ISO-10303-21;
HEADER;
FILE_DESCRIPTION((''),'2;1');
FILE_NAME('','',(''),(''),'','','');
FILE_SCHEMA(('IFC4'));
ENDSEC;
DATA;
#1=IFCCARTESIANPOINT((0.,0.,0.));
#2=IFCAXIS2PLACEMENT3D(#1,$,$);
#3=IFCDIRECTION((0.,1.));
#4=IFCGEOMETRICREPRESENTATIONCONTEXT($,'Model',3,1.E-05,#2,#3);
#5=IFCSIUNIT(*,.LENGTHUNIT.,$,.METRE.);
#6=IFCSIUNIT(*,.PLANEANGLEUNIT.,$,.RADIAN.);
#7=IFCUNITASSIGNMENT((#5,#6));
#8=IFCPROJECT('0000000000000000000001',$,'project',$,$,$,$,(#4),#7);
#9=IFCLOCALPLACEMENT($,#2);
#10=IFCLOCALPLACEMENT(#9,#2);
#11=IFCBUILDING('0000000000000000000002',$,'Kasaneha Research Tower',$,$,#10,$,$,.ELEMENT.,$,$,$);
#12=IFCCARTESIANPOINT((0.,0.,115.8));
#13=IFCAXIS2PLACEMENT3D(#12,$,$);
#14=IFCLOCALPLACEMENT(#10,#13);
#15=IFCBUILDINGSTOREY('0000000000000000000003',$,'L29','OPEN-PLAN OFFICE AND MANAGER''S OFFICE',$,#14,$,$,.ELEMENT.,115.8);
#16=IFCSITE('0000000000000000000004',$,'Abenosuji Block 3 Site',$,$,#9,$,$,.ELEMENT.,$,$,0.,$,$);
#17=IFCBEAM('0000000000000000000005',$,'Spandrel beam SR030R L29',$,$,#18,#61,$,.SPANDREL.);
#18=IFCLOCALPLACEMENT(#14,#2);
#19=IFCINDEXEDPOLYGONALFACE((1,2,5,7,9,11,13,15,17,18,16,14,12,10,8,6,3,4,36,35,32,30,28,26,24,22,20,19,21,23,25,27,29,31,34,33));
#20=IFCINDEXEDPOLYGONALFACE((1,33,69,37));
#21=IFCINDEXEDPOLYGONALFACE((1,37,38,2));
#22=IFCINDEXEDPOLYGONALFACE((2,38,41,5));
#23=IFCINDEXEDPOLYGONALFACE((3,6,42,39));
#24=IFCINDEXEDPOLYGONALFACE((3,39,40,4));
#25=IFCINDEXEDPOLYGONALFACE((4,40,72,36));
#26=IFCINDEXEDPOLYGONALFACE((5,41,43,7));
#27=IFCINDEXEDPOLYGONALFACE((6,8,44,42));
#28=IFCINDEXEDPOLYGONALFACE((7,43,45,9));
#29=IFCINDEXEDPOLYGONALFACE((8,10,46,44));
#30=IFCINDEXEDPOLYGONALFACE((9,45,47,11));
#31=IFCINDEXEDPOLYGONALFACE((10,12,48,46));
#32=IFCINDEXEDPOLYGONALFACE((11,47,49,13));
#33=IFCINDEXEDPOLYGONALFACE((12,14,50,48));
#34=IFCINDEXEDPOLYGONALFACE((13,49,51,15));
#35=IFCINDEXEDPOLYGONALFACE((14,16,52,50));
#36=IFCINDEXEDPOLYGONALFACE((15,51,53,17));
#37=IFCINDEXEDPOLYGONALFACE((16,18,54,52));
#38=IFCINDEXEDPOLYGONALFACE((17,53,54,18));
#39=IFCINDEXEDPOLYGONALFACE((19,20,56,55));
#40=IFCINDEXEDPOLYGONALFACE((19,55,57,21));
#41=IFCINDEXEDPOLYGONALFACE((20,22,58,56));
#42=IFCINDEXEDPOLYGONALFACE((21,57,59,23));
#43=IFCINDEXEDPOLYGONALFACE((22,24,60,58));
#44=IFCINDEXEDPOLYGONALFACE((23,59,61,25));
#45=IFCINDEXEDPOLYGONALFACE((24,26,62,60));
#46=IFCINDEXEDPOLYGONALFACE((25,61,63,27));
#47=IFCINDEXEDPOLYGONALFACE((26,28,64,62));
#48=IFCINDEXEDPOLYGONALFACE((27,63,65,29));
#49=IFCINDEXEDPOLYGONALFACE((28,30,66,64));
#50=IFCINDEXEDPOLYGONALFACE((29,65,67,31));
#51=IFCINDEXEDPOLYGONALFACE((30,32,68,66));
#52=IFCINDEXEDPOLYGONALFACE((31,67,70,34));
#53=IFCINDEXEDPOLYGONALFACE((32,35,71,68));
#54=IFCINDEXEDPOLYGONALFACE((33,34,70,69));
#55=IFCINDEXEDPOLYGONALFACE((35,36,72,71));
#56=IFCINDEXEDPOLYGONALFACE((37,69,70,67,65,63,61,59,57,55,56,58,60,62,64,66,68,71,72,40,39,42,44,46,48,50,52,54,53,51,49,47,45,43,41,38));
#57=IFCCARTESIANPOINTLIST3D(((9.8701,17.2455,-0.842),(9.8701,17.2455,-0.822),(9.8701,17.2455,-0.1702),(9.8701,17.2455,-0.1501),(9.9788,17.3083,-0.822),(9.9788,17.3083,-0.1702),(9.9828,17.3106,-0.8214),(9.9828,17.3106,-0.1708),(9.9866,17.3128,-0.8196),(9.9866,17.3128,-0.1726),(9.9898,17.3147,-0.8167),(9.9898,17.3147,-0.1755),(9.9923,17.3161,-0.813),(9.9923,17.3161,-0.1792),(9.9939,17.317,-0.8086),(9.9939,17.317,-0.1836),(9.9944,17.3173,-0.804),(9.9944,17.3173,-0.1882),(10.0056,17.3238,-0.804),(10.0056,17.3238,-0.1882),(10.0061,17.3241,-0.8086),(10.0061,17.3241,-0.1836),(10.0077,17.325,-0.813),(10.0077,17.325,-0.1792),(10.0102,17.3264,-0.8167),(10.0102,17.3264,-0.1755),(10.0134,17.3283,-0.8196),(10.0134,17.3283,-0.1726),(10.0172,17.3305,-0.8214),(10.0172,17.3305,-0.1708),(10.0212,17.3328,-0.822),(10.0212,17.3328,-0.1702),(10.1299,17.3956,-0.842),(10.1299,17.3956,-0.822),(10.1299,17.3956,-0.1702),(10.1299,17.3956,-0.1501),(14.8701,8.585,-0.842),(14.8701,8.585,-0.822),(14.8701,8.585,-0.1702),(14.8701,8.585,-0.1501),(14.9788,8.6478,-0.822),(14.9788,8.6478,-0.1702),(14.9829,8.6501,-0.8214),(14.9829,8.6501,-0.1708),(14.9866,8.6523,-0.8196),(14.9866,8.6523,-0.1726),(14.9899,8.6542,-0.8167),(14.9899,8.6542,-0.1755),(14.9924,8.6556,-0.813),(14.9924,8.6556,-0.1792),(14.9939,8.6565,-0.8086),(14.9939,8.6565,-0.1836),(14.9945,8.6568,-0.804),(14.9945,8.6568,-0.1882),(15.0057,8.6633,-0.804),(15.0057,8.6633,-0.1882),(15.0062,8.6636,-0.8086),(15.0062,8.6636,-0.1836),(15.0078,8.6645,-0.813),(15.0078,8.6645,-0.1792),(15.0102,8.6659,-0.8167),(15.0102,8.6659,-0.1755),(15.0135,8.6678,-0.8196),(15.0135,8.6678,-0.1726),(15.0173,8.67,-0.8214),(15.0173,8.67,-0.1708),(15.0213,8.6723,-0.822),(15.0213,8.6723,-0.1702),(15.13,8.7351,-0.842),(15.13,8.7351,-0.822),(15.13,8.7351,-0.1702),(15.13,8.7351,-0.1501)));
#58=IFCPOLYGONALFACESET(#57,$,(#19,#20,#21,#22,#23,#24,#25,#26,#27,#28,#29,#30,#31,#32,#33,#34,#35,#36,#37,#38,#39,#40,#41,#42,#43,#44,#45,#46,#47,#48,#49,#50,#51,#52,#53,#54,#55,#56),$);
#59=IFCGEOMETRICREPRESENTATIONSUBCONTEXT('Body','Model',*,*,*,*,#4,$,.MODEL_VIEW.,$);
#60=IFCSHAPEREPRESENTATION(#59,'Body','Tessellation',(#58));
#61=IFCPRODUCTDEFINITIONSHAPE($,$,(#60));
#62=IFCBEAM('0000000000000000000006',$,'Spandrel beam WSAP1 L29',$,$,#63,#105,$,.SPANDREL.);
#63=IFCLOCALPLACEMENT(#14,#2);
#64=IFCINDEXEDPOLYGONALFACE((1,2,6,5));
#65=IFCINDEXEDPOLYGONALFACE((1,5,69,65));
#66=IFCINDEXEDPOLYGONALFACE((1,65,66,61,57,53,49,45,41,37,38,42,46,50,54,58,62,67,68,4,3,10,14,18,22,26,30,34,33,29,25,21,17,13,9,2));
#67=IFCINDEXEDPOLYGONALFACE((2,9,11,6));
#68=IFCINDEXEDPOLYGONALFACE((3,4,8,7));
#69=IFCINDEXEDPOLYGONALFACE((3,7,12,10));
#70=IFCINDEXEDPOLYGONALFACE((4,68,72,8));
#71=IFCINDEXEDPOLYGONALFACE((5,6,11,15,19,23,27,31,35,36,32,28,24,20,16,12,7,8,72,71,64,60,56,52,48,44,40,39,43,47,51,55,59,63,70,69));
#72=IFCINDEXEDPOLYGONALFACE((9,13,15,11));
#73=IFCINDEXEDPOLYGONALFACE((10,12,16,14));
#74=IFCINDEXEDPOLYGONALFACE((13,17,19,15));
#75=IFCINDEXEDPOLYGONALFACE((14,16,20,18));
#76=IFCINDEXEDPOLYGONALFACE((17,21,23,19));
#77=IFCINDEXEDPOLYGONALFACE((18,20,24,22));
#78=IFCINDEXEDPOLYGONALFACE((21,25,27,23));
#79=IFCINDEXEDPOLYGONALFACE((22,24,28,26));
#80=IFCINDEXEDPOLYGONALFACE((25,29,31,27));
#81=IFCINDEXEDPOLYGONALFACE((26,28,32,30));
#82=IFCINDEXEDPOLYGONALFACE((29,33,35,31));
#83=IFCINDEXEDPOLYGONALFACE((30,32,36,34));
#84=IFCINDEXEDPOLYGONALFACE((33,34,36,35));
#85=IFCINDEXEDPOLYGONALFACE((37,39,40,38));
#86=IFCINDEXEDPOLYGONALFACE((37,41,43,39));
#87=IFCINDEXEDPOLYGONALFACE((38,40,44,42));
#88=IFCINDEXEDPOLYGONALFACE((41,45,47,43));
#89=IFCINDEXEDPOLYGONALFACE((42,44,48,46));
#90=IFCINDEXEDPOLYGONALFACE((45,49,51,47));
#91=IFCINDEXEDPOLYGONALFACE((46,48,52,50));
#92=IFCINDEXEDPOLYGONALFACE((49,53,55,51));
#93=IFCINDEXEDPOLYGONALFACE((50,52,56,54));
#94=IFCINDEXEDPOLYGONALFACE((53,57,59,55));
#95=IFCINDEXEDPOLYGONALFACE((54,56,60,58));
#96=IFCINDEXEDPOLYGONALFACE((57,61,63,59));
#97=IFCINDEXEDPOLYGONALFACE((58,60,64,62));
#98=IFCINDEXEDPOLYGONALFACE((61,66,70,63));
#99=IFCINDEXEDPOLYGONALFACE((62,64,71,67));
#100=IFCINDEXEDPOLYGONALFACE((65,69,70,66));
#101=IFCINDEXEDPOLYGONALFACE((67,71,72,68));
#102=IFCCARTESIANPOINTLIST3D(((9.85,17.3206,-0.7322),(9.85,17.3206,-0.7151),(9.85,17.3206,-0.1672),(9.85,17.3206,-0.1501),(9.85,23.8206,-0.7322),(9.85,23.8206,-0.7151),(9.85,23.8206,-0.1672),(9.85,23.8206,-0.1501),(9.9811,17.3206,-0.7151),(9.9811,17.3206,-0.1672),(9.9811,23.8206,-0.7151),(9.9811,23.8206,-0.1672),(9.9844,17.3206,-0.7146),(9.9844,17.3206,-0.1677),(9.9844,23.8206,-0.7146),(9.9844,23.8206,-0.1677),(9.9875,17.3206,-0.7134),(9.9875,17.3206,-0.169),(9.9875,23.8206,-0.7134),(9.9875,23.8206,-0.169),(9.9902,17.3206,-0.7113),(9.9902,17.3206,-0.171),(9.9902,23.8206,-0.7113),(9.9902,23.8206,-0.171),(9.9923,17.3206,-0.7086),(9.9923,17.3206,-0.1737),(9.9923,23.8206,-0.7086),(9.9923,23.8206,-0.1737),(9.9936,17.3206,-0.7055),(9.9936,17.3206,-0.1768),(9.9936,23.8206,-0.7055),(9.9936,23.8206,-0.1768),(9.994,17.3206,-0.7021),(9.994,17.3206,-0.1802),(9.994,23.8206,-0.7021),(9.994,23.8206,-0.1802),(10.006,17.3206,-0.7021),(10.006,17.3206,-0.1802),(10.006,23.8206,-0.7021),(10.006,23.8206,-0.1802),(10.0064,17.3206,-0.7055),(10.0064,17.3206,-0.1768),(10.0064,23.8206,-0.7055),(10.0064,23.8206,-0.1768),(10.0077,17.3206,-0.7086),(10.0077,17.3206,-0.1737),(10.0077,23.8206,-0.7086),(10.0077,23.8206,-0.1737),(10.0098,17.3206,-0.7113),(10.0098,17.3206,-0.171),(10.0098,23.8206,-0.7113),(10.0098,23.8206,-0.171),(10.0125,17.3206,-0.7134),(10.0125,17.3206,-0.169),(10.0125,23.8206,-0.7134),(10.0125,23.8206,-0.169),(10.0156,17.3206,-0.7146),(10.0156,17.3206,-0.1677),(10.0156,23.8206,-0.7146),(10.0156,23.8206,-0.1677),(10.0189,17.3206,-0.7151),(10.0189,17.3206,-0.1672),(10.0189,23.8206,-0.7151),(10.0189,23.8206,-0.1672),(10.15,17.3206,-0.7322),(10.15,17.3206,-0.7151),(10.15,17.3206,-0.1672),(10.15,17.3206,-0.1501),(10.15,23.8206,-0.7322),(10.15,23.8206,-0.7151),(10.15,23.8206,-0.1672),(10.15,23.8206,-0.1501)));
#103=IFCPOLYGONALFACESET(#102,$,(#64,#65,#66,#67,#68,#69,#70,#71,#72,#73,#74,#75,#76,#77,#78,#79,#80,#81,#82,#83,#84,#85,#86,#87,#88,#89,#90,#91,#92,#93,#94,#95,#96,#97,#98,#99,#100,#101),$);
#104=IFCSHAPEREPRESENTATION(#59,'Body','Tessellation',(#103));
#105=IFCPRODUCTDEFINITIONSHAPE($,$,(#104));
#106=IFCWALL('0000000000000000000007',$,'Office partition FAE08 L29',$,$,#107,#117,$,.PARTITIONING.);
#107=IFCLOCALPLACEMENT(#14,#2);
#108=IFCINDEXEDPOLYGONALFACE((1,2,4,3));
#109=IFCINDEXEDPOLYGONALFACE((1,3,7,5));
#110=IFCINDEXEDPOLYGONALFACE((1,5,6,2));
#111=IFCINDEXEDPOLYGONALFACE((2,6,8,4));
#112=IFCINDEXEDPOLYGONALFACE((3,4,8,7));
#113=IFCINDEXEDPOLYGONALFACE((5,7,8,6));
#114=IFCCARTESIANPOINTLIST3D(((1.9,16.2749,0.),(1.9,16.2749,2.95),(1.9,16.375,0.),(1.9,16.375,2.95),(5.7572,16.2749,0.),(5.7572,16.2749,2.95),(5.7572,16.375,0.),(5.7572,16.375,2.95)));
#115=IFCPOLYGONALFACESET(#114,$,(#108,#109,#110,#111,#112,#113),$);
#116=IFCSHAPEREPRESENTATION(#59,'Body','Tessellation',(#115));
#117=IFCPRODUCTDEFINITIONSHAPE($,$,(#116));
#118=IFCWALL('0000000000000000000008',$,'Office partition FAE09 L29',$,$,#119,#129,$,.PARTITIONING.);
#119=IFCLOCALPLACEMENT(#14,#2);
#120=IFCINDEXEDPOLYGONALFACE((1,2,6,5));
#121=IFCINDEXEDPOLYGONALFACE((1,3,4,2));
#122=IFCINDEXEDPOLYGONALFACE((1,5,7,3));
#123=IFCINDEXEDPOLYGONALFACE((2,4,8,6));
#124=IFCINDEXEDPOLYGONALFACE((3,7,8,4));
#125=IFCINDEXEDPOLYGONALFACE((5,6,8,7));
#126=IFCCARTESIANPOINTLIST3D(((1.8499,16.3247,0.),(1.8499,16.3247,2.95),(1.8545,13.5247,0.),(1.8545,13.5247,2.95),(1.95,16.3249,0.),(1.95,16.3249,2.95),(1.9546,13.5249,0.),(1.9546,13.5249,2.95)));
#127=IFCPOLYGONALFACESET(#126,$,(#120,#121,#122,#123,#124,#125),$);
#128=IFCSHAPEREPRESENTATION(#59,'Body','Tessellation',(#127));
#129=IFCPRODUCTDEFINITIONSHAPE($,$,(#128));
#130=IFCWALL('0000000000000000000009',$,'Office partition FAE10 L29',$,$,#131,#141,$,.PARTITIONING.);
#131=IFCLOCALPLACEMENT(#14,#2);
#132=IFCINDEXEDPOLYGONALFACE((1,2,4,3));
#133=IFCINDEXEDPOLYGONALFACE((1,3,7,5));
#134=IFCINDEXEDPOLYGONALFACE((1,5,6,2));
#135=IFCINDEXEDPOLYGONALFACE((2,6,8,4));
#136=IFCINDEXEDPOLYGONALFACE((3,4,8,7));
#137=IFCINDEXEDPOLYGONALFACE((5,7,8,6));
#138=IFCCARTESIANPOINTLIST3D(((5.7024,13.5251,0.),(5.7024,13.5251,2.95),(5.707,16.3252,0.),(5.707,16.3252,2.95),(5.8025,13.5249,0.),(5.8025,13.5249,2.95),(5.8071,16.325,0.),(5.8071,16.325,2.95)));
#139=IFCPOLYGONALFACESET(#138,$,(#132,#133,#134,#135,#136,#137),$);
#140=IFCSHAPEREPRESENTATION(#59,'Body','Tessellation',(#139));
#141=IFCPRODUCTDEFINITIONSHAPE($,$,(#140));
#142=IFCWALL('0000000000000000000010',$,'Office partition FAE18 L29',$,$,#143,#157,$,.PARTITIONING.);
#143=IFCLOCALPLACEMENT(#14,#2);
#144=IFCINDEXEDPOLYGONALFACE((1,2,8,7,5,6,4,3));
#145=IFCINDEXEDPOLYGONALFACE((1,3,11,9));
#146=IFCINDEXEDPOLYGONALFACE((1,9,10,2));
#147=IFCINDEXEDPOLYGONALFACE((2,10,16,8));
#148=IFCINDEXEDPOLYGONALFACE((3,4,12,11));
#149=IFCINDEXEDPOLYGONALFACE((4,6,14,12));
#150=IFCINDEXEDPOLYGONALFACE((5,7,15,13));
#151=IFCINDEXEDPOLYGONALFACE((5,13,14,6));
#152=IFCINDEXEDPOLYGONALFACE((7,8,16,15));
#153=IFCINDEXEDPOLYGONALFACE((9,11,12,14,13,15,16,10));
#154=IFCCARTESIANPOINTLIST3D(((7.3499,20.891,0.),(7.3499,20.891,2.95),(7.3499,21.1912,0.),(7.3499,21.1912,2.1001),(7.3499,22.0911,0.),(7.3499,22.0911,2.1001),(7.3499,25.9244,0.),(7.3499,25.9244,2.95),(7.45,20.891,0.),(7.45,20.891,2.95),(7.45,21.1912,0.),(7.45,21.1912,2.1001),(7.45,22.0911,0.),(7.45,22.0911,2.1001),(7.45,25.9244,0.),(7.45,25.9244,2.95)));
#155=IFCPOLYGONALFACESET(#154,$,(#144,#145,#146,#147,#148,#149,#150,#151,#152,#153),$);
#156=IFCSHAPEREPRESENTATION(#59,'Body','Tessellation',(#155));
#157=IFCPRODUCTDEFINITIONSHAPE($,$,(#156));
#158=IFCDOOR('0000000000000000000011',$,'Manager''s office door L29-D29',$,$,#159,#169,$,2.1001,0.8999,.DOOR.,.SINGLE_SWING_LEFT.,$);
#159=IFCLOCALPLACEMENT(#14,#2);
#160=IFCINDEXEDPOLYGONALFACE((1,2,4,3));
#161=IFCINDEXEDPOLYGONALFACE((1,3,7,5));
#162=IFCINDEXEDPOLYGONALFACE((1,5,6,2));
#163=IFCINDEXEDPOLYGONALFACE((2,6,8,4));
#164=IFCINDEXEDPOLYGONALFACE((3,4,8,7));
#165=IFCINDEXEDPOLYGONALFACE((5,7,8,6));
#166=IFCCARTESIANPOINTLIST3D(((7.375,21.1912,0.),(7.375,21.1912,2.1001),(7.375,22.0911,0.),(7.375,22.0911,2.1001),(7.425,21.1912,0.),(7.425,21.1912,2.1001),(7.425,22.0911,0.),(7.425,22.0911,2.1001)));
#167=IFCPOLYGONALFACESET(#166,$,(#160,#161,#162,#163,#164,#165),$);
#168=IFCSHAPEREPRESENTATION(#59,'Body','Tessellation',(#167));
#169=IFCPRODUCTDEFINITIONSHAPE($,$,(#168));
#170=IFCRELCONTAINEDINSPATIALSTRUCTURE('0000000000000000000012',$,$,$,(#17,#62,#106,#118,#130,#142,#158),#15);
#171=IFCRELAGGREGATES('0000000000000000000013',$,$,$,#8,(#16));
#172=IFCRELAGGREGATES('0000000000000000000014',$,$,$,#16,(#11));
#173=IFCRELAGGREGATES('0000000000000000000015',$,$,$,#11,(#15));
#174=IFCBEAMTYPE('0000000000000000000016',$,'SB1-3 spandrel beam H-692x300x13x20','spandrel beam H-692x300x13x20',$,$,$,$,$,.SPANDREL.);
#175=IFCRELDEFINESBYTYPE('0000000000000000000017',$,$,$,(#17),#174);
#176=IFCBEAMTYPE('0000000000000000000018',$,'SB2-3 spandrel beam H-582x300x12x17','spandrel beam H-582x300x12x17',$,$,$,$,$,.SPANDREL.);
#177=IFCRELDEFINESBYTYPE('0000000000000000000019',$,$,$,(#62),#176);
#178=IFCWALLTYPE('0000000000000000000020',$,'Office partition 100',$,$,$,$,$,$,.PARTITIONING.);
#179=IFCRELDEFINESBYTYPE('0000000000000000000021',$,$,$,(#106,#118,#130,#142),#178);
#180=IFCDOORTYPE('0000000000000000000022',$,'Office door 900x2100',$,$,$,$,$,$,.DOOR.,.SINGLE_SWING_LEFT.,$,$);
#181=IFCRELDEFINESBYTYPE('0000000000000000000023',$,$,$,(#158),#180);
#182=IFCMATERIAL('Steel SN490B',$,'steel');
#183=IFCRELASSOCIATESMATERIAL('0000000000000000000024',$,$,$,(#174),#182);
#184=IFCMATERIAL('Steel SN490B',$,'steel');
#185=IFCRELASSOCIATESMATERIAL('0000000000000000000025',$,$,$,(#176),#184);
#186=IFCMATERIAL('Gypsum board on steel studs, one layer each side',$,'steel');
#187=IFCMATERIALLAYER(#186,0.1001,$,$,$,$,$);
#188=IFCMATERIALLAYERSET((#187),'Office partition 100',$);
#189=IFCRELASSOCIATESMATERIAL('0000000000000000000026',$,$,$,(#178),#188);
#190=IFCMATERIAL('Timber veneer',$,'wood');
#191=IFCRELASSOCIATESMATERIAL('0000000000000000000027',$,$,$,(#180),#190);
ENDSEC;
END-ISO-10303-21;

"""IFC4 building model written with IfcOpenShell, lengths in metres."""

from ifc_helpers import new_model, si_unit, direction, frame, frame_2d, origin, origin_2d, place, context, subcontext, project, spatial, rectangle, i_section, extrude, material, layer, layer_set, material_profile, profile_set, type_object, element, fill, save


model = new_model("IFC4")

# Units and contexts
model_context = context("Model", 3, precision=1e-05, world=origin(), true_north=direction((0.0, 1.0)))
body_context = subcontext(model_context, "Body", "Model", "MODEL_VIEW")
ifc_project = project(units=[si_unit("LENGTHUNIT", "METRE"), si_unit("PLANEANGLEUNIT", "RADIAN")], contexts=[model_context])

# Site, building, storey
site_placement = place(None, origin())
site = spatial("IfcSite", under=ifc_project, at=site_placement, Name="Abenosuji Block 3 Site", CompositionType="ELEMENT", RefElevation=0.0)
building_placement = place(site_placement, origin())
building = spatial("IfcBuilding", under=site, at=building_placement, Name="Kasaneha Research Tower", CompositionType="ELEMENT")
storey_placement = place(building_placement, frame((0.0, 0.0, 115.8)))
storey = spatial("IfcBuildingStorey", under=building, at=storey_placement, Name="L29", Description="OPEN-PLAN OFFICE AND MANAGER'S OFFICE", CompositionType="ELEMENT", Elevation=115.8)

# Beams
ifc_material_1 = material(Name="Steel SN490B", Category="steel")
ifc_material_profile_1 = material_profile(ifc_material_1, i_section(OverallWidth=0.3, OverallDepth=0.6919, WebThickness=0.0129, FlangeThickness=0.02, FilletRadius=0.0181, at=origin_2d()), Name="H-692x300x13x20")
ifc_profile_set_1 = profile_set([ifc_material_profile_1], Name="Steel SN490B")
beam_type_1 = type_object("IfcBeamType", Name="SB1-3 spandrel beam H-692x300x13x20", Description="spandrel beam H-692x300x13x20", PredefinedType="SPANDREL", material=ifc_profile_set_1)
beam_1_placement = place(storey_placement, frame((10.0, 17.3206, -0.4961), z_axis=(0.499994, -0.866029, 0.0), x_axis=(0.866029, 0.499994, 0.0)))
element("IfcBeam", 1, at=beam_1_placement, inside=storey, type_object=beam_type_1, Name="Spandrel beam SR030R L29", PredefinedType="SPANDREL", context=body_context, shape_type="SweptSolid", body=[
    extrude(i_section(OverallWidth=0.3, OverallDepth=0.6919, WebThickness=0.0129, FlangeThickness=0.02, FilletRadius=0.0181, at=origin_2d()), origin(), (0.0, 0.0, 1.0), 10.0002),
])
ifc_material_2 = material(Name="Steel SN490B", Category="steel")
ifc_material_profile_2 = material_profile(ifc_material_2, i_section(OverallWidth=0.3, OverallDepth=0.582, WebThickness=0.012, FlangeThickness=0.0171, FilletRadius=0.0129, at=origin_2d()), Name="H-582x300x12x17")
ifc_profile_set_2 = profile_set([ifc_material_profile_2], Name="Steel SN490B")
beam_type_2 = type_object("IfcBeamType", Name="SB2-3 spandrel beam H-582x300x12x17", Description="spandrel beam H-582x300x12x17", PredefinedType="SPANDREL", material=ifc_profile_set_2)
beam_2_placement = place(storey_placement, frame((10.0, 17.3206, -0.4412), z_axis=(0.0, 1.0, 0.0), x_axis=(-1.0, 0.0, 0.0)))
element("IfcBeam", 2, at=beam_2_placement, inside=storey, type_object=beam_type_2, Name="Spandrel beam WSAP1 L29", PredefinedType="SPANDREL", context=body_context, shape_type="SweptSolid", body=[
    extrude(i_section(OverallWidth=0.3, OverallDepth=0.582, WebThickness=0.012, FlangeThickness=0.0171, FilletRadius=0.0129, at=origin_2d()), origin(), (0.0, 0.0, 1.0), 6.5),
])

# Walls
ifc_material_3 = material(Name="Gypsum board on steel studs, one layer each side", Category="steel")
ifc_layer_1 = layer(ifc_material_3, 0.1001)
ifc_layer_set_1 = layer_set([ifc_layer_1], Name="Office partition 100")
wall_type_1 = type_object("IfcWallType", Name="Office partition 100", PredefinedType="PARTITIONING", material=ifc_layer_set_1)
wall_1_placement = place(storey_placement, frame((1.8999, 16.325, 0.0), z_axis=(0.0, 0.0, 1.0), x_axis=(1.0, 0.0, 0.0)))
element("IfcWall", 3, at=wall_1_placement, inside=storey, type_object=wall_type_1, Name="Office partition FAE08 L29", PredefinedType="PARTITIONING", context=body_context, shape_type="SweptSolid", body=[
    extrude(rectangle(XDim=3.8572, YDim=0.1001, at=frame_2d((1.9287, 0.0))), origin(), (0.0, 0.0, 1.0), 2.95),
])
for number, where, z_axis, x_axis, name in (
    (4, (1.9045, 13.5249, 0.0), (0.0, 0.0, 1.0), (-0.001657, 0.999999, 0.0), "Office partition FAE09 L29"),
    (5, (5.7571, 16.325, 0.0), (0.0, 0.0, 1.0), (-0.001657, -0.999999, 0.0), "Office partition FAE10 L29"),
):
    element("IfcWall", number, at=place(storey_placement, frame(where, z_axis=z_axis, x_axis=x_axis)), inside=storey, type_object=wall_type_1, Name=name, PredefinedType="PARTITIONING", context=body_context, shape_type="SweptSolid", body=[
        extrude(rectangle(XDim=2.8, YDim=0.1001, at=frame_2d((1.3999, 0.0))), origin(), (0.0, 0.0, 1.0), 2.95),
    ])

# Wall, opening, door
wall_2_placement = place(storey_placement, frame((7.3999, 20.8911, 0.0), z_axis=(0.0, 0.0, 1.0), x_axis=(0.0, 1.0, 0.0)))
wall_2 = element("IfcWall", 6, at=wall_2_placement, inside=storey, type_object=wall_type_1, Name="Office partition FAE18 L29", PredefinedType="PARTITIONING", context=body_context, shape_type="SweptSolid", body=[
    extrude(rectangle(XDim=5.0334, YDim=0.1001, at=frame_2d((2.5166, 0.0))), origin(), (0.0, 0.0, 1.0), 2.95),
])
opening_1_placement = place(wall_2_placement, frame((0.3, 0.0, 0.0)))
opening_1 = element("IfcOpeningElement", 7, at=opening_1_placement, cuts=wall_2, PredefinedType="OPENING", context=body_context, shape_type="SweptSolid", body=[
    extrude(rectangle(XDim=0.8999, YDim=2.1001, at=frame_2d((0.45, 1.05))), frame((0.0, 0.0601, 0.0), z_axis=(0.0, -1.0, 0.0), x_axis=(1.0, 0.0, 0.0)), (0.0, 0.0, 1.0), 0.1201),
])
ifc_material_4 = material(Name="Timber veneer", Category="wood")
door_type_1 = type_object("IfcDoorType", Name="Office door 900x2100", OperationType="SINGLE_SWING_LEFT", PredefinedType="DOOR", material=ifc_material_4)
door_1_placement = place(opening_1_placement, origin())
door_1 = element("IfcDoor", 8, at=door_1_placement, inside=storey, type_object=door_type_1, Name="Manager's office door L29-D29", OperationType="SINGLE_SWING_LEFT", OverallHeight=2.1001, OverallWidth=0.8999, PredefinedType="DOOR", context=body_context, shape_type="SweptSolid", body=[
    extrude(rectangle(XDim=0.8999, YDim=2.1001, at=frame_2d((0.45, 1.05))), frame((0.0, 0.0249, 0.0), z_axis=(0.0, -1.0, 0.0), x_axis=(1.0, 0.0, 0.0)), (0.0, 0.0, 1.0), 0.05),
])
fill(opening_1, door_1)

save(model, "model.ifc")
